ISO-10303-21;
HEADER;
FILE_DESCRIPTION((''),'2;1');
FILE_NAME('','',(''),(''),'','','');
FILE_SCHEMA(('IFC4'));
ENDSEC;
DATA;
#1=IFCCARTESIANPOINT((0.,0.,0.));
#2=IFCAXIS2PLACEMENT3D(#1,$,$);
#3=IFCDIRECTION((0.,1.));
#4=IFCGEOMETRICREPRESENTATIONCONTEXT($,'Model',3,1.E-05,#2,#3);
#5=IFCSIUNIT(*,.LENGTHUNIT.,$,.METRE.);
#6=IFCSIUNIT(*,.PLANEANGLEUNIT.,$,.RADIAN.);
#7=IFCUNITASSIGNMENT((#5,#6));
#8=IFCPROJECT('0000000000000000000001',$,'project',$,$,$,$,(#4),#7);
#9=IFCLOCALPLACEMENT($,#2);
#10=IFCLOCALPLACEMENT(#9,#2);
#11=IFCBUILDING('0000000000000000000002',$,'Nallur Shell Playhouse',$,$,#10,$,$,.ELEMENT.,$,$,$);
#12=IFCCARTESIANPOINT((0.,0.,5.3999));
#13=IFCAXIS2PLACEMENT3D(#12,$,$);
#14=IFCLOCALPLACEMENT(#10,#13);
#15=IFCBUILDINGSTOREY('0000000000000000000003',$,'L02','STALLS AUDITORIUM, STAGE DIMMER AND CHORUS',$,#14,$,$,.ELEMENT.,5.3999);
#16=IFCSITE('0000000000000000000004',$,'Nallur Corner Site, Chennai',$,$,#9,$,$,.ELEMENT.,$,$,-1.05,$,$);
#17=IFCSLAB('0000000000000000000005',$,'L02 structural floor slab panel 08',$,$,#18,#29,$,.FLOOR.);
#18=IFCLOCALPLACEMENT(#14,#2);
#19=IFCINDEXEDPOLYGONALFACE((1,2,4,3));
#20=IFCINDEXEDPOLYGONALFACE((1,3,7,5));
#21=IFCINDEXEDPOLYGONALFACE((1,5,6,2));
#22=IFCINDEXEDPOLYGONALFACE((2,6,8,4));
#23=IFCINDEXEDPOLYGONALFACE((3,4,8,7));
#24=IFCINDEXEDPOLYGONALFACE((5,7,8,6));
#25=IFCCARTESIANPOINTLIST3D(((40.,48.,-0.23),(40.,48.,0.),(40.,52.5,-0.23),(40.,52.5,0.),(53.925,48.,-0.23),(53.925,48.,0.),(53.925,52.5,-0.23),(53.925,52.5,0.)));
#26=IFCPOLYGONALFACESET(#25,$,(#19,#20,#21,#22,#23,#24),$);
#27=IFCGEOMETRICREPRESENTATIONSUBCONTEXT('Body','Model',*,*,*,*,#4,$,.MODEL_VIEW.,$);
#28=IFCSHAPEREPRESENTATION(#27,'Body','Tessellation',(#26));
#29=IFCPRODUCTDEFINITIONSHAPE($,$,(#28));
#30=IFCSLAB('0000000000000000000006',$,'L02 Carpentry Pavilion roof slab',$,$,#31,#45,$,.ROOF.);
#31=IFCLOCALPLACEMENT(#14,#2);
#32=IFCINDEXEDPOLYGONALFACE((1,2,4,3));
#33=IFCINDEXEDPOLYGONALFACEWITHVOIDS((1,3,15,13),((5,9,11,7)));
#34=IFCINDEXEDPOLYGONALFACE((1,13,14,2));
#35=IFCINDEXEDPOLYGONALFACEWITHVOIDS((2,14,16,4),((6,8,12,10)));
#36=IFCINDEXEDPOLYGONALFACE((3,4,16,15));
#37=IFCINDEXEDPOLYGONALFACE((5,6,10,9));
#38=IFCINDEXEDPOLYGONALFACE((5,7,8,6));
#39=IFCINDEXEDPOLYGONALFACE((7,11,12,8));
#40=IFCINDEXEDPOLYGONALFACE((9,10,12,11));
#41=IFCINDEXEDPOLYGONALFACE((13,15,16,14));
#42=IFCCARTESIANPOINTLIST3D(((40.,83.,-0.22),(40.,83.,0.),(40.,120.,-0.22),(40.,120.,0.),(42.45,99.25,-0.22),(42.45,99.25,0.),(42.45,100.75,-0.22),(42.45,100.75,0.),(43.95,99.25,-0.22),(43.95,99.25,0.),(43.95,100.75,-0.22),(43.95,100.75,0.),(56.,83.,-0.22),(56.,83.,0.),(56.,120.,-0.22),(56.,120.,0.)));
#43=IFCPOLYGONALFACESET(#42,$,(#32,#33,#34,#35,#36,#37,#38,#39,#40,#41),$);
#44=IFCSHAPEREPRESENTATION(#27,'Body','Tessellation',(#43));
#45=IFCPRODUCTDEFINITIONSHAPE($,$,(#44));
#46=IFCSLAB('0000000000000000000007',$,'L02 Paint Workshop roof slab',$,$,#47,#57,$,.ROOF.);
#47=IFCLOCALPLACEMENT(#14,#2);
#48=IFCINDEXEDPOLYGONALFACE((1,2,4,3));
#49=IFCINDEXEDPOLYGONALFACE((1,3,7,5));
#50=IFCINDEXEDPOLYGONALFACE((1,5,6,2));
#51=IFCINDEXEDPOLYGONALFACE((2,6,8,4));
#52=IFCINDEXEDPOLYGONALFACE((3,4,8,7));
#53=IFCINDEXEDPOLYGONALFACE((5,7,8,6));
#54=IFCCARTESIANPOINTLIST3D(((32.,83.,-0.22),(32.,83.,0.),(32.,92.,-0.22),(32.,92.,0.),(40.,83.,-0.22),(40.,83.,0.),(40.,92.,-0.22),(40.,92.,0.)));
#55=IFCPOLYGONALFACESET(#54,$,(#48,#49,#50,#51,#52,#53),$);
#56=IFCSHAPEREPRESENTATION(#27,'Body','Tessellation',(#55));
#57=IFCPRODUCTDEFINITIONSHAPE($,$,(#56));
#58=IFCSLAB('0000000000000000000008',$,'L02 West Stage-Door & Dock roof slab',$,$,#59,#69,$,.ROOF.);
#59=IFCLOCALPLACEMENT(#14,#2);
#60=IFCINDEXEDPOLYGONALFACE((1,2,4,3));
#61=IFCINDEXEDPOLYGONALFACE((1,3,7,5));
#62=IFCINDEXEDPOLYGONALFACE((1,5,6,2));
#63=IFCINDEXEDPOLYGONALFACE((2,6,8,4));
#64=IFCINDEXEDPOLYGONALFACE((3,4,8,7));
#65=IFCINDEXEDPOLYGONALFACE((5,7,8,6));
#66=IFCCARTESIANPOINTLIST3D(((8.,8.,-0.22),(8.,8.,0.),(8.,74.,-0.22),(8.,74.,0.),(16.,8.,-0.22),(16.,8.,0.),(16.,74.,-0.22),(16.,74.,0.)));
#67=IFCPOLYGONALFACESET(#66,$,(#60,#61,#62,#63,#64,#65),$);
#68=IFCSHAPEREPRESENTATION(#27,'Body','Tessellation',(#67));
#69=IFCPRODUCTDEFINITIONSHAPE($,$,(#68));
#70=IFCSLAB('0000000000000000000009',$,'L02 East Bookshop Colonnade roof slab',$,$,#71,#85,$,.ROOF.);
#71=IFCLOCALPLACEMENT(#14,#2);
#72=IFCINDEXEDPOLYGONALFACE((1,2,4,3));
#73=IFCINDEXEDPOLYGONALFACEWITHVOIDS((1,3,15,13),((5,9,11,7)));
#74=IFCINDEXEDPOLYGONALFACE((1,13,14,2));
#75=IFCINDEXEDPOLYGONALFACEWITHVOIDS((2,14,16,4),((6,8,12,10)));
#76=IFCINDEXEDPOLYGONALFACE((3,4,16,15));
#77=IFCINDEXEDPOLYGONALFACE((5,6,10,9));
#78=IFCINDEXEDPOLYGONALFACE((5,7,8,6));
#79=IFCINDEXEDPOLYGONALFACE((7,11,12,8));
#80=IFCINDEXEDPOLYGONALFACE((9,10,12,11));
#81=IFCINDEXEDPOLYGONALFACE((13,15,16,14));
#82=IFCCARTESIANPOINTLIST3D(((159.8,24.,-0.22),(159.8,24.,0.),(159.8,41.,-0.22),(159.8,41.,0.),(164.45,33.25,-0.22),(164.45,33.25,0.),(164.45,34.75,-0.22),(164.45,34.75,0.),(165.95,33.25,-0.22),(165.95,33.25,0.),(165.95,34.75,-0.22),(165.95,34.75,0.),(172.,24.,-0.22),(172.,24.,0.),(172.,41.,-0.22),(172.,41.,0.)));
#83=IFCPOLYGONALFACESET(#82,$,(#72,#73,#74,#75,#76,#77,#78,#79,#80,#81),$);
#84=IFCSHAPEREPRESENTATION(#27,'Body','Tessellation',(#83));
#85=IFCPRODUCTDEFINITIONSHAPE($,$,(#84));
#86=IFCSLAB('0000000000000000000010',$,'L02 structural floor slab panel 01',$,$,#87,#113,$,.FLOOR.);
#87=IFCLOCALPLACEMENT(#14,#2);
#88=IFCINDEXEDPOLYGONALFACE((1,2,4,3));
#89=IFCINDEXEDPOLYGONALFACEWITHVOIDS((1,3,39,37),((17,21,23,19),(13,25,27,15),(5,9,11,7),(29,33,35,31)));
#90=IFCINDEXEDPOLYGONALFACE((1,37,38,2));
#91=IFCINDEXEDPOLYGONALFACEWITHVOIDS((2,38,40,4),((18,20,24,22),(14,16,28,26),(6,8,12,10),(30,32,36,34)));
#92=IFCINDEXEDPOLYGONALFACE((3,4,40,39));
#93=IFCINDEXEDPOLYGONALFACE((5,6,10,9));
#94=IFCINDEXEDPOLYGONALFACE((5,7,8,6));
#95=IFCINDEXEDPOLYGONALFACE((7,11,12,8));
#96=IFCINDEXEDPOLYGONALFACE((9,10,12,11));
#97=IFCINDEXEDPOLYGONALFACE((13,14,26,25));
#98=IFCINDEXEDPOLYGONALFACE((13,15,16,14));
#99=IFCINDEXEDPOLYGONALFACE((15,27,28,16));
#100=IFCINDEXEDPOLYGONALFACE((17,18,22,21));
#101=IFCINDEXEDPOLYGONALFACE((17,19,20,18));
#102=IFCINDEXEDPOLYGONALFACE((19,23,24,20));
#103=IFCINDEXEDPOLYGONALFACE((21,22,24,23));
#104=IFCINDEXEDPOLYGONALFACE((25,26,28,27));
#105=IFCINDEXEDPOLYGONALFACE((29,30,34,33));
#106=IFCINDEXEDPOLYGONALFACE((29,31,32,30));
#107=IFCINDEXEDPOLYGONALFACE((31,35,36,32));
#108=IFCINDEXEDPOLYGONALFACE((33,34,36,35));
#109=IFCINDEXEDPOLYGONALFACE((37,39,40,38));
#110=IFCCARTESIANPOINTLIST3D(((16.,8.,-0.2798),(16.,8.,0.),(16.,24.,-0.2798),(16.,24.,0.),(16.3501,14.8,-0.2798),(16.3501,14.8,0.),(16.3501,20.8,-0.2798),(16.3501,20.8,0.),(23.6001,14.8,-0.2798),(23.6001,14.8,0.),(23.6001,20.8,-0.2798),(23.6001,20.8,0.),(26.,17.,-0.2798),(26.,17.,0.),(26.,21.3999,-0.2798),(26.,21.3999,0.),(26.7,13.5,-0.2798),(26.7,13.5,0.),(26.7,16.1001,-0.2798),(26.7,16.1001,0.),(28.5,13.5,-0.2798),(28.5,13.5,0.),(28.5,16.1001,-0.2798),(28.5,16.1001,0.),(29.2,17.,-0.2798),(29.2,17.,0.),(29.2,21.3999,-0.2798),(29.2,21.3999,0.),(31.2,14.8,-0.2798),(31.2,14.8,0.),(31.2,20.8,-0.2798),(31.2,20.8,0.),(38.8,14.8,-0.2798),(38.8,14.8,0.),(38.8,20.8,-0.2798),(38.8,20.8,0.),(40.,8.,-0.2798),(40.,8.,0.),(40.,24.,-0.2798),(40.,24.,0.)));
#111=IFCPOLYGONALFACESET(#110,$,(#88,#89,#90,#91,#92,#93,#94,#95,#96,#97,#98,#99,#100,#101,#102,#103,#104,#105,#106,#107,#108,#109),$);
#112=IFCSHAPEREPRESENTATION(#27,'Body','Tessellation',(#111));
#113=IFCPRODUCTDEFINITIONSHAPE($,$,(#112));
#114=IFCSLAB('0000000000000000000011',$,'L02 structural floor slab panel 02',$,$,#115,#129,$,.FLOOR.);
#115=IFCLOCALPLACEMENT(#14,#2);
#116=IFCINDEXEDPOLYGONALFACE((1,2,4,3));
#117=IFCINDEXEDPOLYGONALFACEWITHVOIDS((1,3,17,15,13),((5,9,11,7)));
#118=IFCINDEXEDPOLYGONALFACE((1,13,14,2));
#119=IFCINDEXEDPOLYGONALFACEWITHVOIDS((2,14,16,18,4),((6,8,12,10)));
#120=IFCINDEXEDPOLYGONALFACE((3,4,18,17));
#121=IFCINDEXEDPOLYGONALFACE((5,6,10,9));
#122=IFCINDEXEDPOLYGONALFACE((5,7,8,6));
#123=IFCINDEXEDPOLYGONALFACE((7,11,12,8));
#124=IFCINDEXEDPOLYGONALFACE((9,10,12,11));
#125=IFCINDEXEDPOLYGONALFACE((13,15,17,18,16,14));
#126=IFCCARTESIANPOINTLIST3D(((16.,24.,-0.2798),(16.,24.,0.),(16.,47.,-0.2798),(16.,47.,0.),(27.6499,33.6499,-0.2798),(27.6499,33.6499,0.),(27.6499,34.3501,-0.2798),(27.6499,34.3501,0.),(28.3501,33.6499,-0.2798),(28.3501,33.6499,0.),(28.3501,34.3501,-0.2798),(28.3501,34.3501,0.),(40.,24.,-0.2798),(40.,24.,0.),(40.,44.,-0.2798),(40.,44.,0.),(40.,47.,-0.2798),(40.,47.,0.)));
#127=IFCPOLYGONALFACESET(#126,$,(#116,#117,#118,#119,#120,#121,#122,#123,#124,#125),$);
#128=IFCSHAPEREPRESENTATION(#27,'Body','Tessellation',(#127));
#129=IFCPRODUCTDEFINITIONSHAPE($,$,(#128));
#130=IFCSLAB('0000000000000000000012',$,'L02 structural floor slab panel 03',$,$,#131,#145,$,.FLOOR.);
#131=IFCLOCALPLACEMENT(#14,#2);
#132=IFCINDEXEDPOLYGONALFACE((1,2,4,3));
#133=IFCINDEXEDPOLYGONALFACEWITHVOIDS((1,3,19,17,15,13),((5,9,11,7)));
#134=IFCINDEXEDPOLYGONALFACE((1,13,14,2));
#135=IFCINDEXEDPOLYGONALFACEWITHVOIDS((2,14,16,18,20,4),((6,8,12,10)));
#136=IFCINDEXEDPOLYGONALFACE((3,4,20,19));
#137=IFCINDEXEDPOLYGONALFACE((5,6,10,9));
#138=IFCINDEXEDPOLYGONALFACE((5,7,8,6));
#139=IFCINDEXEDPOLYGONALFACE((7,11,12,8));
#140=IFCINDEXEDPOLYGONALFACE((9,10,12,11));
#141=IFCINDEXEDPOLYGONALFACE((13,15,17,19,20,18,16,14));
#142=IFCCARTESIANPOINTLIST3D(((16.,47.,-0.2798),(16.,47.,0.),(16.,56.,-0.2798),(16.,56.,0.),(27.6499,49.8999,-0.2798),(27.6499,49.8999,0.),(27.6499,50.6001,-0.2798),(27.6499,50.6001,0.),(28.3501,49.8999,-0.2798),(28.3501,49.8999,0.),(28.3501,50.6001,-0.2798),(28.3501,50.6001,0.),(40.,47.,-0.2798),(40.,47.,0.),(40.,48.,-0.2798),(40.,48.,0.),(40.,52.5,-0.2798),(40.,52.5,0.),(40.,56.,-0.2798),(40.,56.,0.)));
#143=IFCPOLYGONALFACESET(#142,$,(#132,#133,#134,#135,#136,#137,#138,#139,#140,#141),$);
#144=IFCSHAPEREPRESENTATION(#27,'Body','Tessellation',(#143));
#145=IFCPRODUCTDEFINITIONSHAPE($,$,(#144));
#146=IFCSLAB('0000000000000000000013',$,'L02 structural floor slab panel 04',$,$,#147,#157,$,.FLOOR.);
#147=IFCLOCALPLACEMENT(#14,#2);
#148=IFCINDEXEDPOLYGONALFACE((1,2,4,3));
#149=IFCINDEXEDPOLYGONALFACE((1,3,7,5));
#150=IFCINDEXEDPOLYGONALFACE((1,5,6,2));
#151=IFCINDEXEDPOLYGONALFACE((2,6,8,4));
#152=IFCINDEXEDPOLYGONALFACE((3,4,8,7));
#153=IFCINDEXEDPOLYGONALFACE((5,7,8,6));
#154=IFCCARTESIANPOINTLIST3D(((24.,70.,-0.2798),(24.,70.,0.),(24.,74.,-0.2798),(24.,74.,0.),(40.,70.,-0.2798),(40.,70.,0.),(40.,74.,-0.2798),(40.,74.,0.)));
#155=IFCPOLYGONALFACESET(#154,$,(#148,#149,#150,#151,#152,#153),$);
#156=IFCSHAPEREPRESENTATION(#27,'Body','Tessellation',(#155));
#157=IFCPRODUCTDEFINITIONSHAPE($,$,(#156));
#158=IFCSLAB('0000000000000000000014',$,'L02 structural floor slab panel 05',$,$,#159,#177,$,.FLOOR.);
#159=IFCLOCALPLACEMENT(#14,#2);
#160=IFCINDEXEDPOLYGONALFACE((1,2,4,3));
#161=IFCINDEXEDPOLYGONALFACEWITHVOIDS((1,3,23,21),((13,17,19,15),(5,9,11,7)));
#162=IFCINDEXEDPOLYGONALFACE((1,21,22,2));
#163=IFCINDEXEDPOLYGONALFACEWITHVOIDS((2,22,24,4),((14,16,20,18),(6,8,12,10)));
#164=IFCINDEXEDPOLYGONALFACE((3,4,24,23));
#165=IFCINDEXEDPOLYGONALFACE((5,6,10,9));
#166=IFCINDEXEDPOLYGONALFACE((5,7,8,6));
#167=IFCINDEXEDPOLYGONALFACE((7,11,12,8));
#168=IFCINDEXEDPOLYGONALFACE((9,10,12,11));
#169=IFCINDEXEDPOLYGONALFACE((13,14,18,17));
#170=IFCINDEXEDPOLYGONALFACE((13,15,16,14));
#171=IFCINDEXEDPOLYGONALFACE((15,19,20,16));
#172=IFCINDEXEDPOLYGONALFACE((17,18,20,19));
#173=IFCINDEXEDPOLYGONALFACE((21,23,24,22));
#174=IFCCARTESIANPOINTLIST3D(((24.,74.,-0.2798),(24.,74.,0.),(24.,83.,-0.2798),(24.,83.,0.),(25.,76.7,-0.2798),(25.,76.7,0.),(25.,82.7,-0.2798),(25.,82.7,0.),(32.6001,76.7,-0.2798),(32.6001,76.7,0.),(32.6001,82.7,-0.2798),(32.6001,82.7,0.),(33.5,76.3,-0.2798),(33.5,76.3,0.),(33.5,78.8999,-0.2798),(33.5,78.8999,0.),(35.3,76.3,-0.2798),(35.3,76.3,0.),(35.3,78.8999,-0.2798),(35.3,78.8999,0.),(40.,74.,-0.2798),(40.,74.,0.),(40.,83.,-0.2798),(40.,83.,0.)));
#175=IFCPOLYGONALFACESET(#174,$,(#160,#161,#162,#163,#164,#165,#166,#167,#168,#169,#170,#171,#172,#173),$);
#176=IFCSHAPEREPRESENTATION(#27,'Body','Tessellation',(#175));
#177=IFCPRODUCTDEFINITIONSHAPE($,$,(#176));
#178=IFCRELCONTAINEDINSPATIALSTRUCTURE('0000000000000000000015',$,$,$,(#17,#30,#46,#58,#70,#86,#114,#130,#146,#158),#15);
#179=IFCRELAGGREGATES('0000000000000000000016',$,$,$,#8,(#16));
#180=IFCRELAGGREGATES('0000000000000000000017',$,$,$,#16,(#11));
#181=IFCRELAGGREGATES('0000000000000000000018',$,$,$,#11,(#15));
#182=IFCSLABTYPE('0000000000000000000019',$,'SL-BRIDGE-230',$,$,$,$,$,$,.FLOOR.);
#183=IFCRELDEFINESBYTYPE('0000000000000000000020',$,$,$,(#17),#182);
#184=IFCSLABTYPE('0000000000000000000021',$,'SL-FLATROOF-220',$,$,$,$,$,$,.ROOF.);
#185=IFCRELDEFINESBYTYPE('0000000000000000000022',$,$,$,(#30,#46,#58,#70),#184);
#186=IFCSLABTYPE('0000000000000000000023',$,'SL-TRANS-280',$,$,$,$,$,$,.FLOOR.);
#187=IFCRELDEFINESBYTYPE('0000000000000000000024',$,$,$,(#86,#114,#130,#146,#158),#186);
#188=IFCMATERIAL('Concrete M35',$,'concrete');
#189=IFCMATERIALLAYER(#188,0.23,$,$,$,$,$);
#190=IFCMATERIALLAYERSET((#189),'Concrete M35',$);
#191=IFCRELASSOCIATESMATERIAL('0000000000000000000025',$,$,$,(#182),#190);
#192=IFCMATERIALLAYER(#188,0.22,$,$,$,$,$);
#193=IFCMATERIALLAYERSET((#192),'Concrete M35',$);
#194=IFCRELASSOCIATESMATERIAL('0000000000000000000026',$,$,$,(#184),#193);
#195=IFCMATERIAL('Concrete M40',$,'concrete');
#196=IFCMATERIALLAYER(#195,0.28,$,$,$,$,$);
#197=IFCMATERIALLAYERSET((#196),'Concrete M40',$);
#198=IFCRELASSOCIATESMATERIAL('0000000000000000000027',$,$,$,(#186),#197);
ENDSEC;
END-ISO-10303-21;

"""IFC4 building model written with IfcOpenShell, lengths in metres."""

from ifc_helpers import new_model, si_unit, direction, frame, origin, place, context, subcontext, project, spatial, polyline, outline, extrude, material, layer, layer_set, type_object, element, save


model = new_model("IFC4")

# Units and contexts
model_context = context("Model", 3, precision=1e-05, world=origin(), true_north=direction((0.0, 1.0)))
body_context = subcontext(model_context, "Body", "Model", "MODEL_VIEW")
ifc_project = project(units=[si_unit("LENGTHUNIT", "METRE"), si_unit("PLANEANGLEUNIT", "RADIAN")], contexts=[model_context])

# Site, building, storey
site_placement = place(None, origin())
site = spatial("IfcSite", under=ifc_project, at=site_placement, Name="Nallur Corner Site, Chennai", CompositionType="ELEMENT", RefElevation=-1.05)
building_placement = place(site_placement, origin())
building = spatial("IfcBuilding", under=site, at=building_placement, Name="Nallur Shell Playhouse", CompositionType="ELEMENT")
storey_placement = place(building_placement, frame((0.0, 0.0, 5.3999)))
storey = spatial("IfcBuildingStorey", under=building, at=storey_placement, Name="L02", Description="STALLS AUDITORIUM, STAGE DIMMER AND CHORUS", CompositionType="ELEMENT", Elevation=5.3999)

# Slabs
ifc_material_1 = material(Name="Concrete M35", Category="concrete")
ifc_layer_1 = layer(ifc_material_1, 0.23)
ifc_layer_set_1 = layer_set([ifc_layer_1], Name="Concrete M35")
slab_type_1 = type_object("IfcSlabType", Name="SL-BRIDGE-230", PredefinedType="FLOOR", material=ifc_layer_set_1)
slab_1_placement = place(storey_placement, frame((0.0, 0.0, -0.23)))
element("IfcSlab", 1, at=slab_1_placement, inside=storey, type_object=slab_type_1, Name="L02 structural floor slab panel 08", PredefinedType="FLOOR", context=body_context, shape_type="SweptSolid", body=[
    extrude(outline(polyline([(53.925, 52.5), (53.925, 48.0), (40.0, 48.0), (40.0, 52.5), (53.925, 52.5)])), origin(), (0.0, 0.0, 1.0), 0.23),
])
ifc_layer_2 = layer(ifc_material_1, 0.22)
ifc_layer_set_2 = layer_set([ifc_layer_2], Name="Concrete M35")
slab_type_2 = type_object("IfcSlabType", Name="SL-FLATROOF-220", PredefinedType="ROOF", material=ifc_layer_set_2)
slab_2_placement = place(storey_placement, frame((0.0, 0.0, -0.22)))
element("IfcSlab", 2, at=slab_2_placement, inside=storey, type_object=slab_type_2, Name="L02 Carpentry Pavilion roof slab", PredefinedType="ROOF", context=body_context, shape_type="SweptSolid", body=[
    extrude(outline(polyline([(40.0, 83.0), (40.0, 120.0), (56.0, 120.0), (56.0, 83.0), (40.0, 83.0)]), holes=[polyline([(42.45, 100.75), (42.45, 99.25), (43.95, 99.25), (43.95, 100.75), (42.45, 100.75)])]), origin(), (0.0, 0.0, 1.0), 0.22),
])
slab_3_placement = place(storey_placement, frame((0.0, 0.0, -0.22)))
element("IfcSlab", 3, at=slab_3_placement, inside=storey, type_object=slab_type_2, Name="L02 Paint Workshop roof slab", PredefinedType="ROOF", context=body_context, shape_type="SweptSolid", body=[
    extrude(outline(polyline([(32.0, 83.0), (32.0, 92.0), (40.0, 92.0), (40.0, 83.0), (32.0, 83.0)])), origin(), (0.0, 0.0, 1.0), 0.22),
])
slab_4_placement = place(storey_placement, frame((0.0, 0.0, -0.22)))
element("IfcSlab", 4, at=slab_4_placement, inside=storey, type_object=slab_type_2, Name="L02 West Stage-Door & Dock roof slab", PredefinedType="ROOF", context=body_context, shape_type="SweptSolid", body=[
    extrude(outline(polyline([(8.0, 8.0), (8.0, 74.0), (16.0, 74.0), (16.0, 8.0), (8.0, 8.0)])), origin(), (0.0, 0.0, 1.0), 0.22),
])
slab_5_placement = place(storey_placement, frame((0.0, 0.0, -0.22)))
element("IfcSlab", 5, at=slab_5_placement, inside=storey, type_object=slab_type_2, Name="L02 East Bookshop Colonnade roof slab", PredefinedType="ROOF", context=body_context, shape_type="SweptSolid", body=[
    extrude(outline(polyline([(159.8, 24.0), (159.8, 41.0), (172.0, 41.0), (172.0, 24.0), (159.8, 24.0)]), holes=[polyline([(165.95, 34.75), (164.45, 34.75), (164.45, 33.25), (165.95, 33.25), (165.95, 34.75)])]), origin(), (0.0, 0.0, 1.0), 0.22),
])
ifc_material_2 = material(Name="Concrete M40", Category="concrete")
ifc_layer_3 = layer(ifc_material_2, 0.28)
ifc_layer_set_3 = layer_set([ifc_layer_3], Name="Concrete M40")
slab_type_3 = type_object("IfcSlabType", Name="SL-TRANS-280", PredefinedType="FLOOR", material=ifc_layer_set_3)
slab_6_placement = place(storey_placement, frame((0.0, 0.0, -0.2798)))
element("IfcSlab", 6, at=slab_6_placement, inside=storey, type_object=slab_type_3, Name="L02 structural floor slab panel 01", PredefinedType="FLOOR", context=body_context, shape_type="SweptSolid", body=[
    extrude(outline(polyline([(16.0, 8.0), (16.0, 24.0), (40.0, 24.0), (40.0, 8.0), (16.0, 8.0)]), holes=[polyline([(26.7, 16.1001), (26.7, 13.5), (28.5, 13.5), (28.5, 16.1001), (26.7, 16.1001)]), polyline([(23.6001, 20.8), (16.3501, 20.8), (16.3501, 14.8), (23.6001, 14.8), (23.6001, 20.8)]), polyline([(38.8, 20.8), (31.2, 20.8), (31.2, 14.8), (38.8, 14.8), (38.8, 20.8)]), polyline([(29.2, 21.3999), (26.0, 21.3999), (26.0, 17.0), (29.2, 17.0), (29.2, 21.3999)])]), origin(), (0.0, 0.0, 1.0), 0.2798),
])
slab_7_placement = place(storey_placement, frame((0.0, 0.0, -0.2798)))
element("IfcSlab", 7, at=slab_7_placement, inside=storey, type_object=slab_type_3, Name="L02 structural floor slab panel 02", PredefinedType="FLOOR", context=body_context, shape_type="SweptSolid", body=[
    extrude(outline(polyline([(40.0, 44.0), (40.0, 24.0), (16.0, 24.0), (16.0, 47.0), (40.0, 47.0), (40.0, 44.0)]), holes=[polyline([(27.6499, 33.6499), (28.3501, 33.6499), (28.3501, 34.3501), (27.6499, 34.3501), (27.6499, 33.6499)])]), origin(), (0.0, 0.0, 1.0), 0.2798),
])
slab_8_placement = place(storey_placement, frame((0.0, 0.0, -0.2798)))
element("IfcSlab", 8, at=slab_8_placement, inside=storey, type_object=slab_type_3, Name="L02 structural floor slab panel 03", PredefinedType="FLOOR", context=body_context, shape_type="SweptSolid", body=[
    extrude(outline(polyline([(40.0, 52.5), (40.0, 48.0), (40.0, 47.0), (16.0, 47.0), (16.0, 56.0), (40.0, 56.0), (40.0, 52.5)]), holes=[polyline([(27.6499, 49.8999), (28.3501, 49.8999), (28.3501, 50.6001), (27.6499, 50.6001), (27.6499, 49.8999)])]), origin(), (0.0, 0.0, 1.0), 0.2798),
])
slab_9_placement = place(storey_placement, frame((0.0, 0.0, -0.2798)))
element("IfcSlab", 9, at=slab_9_placement, inside=storey, type_object=slab_type_3, Name="L02 structural floor slab panel 04", PredefinedType="FLOOR", context=body_context, shape_type="SweptSolid", body=[
    extrude(outline(polyline([(24.0, 70.0), (24.0, 74.0), (40.0, 74.0), (40.0, 70.0), (24.0, 70.0)])), origin(), (0.0, 0.0, 1.0), 0.2798),
])
slab_10_placement = place(storey_placement, frame((0.0, 0.0, -0.2798)))
element("IfcSlab", 10, at=slab_10_placement, inside=storey, type_object=slab_type_3, Name="L02 structural floor slab panel 05", PredefinedType="FLOOR", context=body_context, shape_type="SweptSolid", body=[
    extrude(outline(polyline([(24.0, 83.0), (40.0, 83.0), (40.0, 74.0), (24.0, 74.0), (24.0, 83.0)]), holes=[polyline([(33.5, 78.8999), (33.5, 76.3), (35.3, 76.3), (35.3, 78.8999), (33.5, 78.8999)]), polyline([(32.6001, 76.7), (32.6001, 82.7), (25.0, 82.7), (25.0, 76.7), (32.6001, 76.7)])]), origin(), (0.0, 0.0, 1.0), 0.2798),
])

save(model, "model.ifc")
